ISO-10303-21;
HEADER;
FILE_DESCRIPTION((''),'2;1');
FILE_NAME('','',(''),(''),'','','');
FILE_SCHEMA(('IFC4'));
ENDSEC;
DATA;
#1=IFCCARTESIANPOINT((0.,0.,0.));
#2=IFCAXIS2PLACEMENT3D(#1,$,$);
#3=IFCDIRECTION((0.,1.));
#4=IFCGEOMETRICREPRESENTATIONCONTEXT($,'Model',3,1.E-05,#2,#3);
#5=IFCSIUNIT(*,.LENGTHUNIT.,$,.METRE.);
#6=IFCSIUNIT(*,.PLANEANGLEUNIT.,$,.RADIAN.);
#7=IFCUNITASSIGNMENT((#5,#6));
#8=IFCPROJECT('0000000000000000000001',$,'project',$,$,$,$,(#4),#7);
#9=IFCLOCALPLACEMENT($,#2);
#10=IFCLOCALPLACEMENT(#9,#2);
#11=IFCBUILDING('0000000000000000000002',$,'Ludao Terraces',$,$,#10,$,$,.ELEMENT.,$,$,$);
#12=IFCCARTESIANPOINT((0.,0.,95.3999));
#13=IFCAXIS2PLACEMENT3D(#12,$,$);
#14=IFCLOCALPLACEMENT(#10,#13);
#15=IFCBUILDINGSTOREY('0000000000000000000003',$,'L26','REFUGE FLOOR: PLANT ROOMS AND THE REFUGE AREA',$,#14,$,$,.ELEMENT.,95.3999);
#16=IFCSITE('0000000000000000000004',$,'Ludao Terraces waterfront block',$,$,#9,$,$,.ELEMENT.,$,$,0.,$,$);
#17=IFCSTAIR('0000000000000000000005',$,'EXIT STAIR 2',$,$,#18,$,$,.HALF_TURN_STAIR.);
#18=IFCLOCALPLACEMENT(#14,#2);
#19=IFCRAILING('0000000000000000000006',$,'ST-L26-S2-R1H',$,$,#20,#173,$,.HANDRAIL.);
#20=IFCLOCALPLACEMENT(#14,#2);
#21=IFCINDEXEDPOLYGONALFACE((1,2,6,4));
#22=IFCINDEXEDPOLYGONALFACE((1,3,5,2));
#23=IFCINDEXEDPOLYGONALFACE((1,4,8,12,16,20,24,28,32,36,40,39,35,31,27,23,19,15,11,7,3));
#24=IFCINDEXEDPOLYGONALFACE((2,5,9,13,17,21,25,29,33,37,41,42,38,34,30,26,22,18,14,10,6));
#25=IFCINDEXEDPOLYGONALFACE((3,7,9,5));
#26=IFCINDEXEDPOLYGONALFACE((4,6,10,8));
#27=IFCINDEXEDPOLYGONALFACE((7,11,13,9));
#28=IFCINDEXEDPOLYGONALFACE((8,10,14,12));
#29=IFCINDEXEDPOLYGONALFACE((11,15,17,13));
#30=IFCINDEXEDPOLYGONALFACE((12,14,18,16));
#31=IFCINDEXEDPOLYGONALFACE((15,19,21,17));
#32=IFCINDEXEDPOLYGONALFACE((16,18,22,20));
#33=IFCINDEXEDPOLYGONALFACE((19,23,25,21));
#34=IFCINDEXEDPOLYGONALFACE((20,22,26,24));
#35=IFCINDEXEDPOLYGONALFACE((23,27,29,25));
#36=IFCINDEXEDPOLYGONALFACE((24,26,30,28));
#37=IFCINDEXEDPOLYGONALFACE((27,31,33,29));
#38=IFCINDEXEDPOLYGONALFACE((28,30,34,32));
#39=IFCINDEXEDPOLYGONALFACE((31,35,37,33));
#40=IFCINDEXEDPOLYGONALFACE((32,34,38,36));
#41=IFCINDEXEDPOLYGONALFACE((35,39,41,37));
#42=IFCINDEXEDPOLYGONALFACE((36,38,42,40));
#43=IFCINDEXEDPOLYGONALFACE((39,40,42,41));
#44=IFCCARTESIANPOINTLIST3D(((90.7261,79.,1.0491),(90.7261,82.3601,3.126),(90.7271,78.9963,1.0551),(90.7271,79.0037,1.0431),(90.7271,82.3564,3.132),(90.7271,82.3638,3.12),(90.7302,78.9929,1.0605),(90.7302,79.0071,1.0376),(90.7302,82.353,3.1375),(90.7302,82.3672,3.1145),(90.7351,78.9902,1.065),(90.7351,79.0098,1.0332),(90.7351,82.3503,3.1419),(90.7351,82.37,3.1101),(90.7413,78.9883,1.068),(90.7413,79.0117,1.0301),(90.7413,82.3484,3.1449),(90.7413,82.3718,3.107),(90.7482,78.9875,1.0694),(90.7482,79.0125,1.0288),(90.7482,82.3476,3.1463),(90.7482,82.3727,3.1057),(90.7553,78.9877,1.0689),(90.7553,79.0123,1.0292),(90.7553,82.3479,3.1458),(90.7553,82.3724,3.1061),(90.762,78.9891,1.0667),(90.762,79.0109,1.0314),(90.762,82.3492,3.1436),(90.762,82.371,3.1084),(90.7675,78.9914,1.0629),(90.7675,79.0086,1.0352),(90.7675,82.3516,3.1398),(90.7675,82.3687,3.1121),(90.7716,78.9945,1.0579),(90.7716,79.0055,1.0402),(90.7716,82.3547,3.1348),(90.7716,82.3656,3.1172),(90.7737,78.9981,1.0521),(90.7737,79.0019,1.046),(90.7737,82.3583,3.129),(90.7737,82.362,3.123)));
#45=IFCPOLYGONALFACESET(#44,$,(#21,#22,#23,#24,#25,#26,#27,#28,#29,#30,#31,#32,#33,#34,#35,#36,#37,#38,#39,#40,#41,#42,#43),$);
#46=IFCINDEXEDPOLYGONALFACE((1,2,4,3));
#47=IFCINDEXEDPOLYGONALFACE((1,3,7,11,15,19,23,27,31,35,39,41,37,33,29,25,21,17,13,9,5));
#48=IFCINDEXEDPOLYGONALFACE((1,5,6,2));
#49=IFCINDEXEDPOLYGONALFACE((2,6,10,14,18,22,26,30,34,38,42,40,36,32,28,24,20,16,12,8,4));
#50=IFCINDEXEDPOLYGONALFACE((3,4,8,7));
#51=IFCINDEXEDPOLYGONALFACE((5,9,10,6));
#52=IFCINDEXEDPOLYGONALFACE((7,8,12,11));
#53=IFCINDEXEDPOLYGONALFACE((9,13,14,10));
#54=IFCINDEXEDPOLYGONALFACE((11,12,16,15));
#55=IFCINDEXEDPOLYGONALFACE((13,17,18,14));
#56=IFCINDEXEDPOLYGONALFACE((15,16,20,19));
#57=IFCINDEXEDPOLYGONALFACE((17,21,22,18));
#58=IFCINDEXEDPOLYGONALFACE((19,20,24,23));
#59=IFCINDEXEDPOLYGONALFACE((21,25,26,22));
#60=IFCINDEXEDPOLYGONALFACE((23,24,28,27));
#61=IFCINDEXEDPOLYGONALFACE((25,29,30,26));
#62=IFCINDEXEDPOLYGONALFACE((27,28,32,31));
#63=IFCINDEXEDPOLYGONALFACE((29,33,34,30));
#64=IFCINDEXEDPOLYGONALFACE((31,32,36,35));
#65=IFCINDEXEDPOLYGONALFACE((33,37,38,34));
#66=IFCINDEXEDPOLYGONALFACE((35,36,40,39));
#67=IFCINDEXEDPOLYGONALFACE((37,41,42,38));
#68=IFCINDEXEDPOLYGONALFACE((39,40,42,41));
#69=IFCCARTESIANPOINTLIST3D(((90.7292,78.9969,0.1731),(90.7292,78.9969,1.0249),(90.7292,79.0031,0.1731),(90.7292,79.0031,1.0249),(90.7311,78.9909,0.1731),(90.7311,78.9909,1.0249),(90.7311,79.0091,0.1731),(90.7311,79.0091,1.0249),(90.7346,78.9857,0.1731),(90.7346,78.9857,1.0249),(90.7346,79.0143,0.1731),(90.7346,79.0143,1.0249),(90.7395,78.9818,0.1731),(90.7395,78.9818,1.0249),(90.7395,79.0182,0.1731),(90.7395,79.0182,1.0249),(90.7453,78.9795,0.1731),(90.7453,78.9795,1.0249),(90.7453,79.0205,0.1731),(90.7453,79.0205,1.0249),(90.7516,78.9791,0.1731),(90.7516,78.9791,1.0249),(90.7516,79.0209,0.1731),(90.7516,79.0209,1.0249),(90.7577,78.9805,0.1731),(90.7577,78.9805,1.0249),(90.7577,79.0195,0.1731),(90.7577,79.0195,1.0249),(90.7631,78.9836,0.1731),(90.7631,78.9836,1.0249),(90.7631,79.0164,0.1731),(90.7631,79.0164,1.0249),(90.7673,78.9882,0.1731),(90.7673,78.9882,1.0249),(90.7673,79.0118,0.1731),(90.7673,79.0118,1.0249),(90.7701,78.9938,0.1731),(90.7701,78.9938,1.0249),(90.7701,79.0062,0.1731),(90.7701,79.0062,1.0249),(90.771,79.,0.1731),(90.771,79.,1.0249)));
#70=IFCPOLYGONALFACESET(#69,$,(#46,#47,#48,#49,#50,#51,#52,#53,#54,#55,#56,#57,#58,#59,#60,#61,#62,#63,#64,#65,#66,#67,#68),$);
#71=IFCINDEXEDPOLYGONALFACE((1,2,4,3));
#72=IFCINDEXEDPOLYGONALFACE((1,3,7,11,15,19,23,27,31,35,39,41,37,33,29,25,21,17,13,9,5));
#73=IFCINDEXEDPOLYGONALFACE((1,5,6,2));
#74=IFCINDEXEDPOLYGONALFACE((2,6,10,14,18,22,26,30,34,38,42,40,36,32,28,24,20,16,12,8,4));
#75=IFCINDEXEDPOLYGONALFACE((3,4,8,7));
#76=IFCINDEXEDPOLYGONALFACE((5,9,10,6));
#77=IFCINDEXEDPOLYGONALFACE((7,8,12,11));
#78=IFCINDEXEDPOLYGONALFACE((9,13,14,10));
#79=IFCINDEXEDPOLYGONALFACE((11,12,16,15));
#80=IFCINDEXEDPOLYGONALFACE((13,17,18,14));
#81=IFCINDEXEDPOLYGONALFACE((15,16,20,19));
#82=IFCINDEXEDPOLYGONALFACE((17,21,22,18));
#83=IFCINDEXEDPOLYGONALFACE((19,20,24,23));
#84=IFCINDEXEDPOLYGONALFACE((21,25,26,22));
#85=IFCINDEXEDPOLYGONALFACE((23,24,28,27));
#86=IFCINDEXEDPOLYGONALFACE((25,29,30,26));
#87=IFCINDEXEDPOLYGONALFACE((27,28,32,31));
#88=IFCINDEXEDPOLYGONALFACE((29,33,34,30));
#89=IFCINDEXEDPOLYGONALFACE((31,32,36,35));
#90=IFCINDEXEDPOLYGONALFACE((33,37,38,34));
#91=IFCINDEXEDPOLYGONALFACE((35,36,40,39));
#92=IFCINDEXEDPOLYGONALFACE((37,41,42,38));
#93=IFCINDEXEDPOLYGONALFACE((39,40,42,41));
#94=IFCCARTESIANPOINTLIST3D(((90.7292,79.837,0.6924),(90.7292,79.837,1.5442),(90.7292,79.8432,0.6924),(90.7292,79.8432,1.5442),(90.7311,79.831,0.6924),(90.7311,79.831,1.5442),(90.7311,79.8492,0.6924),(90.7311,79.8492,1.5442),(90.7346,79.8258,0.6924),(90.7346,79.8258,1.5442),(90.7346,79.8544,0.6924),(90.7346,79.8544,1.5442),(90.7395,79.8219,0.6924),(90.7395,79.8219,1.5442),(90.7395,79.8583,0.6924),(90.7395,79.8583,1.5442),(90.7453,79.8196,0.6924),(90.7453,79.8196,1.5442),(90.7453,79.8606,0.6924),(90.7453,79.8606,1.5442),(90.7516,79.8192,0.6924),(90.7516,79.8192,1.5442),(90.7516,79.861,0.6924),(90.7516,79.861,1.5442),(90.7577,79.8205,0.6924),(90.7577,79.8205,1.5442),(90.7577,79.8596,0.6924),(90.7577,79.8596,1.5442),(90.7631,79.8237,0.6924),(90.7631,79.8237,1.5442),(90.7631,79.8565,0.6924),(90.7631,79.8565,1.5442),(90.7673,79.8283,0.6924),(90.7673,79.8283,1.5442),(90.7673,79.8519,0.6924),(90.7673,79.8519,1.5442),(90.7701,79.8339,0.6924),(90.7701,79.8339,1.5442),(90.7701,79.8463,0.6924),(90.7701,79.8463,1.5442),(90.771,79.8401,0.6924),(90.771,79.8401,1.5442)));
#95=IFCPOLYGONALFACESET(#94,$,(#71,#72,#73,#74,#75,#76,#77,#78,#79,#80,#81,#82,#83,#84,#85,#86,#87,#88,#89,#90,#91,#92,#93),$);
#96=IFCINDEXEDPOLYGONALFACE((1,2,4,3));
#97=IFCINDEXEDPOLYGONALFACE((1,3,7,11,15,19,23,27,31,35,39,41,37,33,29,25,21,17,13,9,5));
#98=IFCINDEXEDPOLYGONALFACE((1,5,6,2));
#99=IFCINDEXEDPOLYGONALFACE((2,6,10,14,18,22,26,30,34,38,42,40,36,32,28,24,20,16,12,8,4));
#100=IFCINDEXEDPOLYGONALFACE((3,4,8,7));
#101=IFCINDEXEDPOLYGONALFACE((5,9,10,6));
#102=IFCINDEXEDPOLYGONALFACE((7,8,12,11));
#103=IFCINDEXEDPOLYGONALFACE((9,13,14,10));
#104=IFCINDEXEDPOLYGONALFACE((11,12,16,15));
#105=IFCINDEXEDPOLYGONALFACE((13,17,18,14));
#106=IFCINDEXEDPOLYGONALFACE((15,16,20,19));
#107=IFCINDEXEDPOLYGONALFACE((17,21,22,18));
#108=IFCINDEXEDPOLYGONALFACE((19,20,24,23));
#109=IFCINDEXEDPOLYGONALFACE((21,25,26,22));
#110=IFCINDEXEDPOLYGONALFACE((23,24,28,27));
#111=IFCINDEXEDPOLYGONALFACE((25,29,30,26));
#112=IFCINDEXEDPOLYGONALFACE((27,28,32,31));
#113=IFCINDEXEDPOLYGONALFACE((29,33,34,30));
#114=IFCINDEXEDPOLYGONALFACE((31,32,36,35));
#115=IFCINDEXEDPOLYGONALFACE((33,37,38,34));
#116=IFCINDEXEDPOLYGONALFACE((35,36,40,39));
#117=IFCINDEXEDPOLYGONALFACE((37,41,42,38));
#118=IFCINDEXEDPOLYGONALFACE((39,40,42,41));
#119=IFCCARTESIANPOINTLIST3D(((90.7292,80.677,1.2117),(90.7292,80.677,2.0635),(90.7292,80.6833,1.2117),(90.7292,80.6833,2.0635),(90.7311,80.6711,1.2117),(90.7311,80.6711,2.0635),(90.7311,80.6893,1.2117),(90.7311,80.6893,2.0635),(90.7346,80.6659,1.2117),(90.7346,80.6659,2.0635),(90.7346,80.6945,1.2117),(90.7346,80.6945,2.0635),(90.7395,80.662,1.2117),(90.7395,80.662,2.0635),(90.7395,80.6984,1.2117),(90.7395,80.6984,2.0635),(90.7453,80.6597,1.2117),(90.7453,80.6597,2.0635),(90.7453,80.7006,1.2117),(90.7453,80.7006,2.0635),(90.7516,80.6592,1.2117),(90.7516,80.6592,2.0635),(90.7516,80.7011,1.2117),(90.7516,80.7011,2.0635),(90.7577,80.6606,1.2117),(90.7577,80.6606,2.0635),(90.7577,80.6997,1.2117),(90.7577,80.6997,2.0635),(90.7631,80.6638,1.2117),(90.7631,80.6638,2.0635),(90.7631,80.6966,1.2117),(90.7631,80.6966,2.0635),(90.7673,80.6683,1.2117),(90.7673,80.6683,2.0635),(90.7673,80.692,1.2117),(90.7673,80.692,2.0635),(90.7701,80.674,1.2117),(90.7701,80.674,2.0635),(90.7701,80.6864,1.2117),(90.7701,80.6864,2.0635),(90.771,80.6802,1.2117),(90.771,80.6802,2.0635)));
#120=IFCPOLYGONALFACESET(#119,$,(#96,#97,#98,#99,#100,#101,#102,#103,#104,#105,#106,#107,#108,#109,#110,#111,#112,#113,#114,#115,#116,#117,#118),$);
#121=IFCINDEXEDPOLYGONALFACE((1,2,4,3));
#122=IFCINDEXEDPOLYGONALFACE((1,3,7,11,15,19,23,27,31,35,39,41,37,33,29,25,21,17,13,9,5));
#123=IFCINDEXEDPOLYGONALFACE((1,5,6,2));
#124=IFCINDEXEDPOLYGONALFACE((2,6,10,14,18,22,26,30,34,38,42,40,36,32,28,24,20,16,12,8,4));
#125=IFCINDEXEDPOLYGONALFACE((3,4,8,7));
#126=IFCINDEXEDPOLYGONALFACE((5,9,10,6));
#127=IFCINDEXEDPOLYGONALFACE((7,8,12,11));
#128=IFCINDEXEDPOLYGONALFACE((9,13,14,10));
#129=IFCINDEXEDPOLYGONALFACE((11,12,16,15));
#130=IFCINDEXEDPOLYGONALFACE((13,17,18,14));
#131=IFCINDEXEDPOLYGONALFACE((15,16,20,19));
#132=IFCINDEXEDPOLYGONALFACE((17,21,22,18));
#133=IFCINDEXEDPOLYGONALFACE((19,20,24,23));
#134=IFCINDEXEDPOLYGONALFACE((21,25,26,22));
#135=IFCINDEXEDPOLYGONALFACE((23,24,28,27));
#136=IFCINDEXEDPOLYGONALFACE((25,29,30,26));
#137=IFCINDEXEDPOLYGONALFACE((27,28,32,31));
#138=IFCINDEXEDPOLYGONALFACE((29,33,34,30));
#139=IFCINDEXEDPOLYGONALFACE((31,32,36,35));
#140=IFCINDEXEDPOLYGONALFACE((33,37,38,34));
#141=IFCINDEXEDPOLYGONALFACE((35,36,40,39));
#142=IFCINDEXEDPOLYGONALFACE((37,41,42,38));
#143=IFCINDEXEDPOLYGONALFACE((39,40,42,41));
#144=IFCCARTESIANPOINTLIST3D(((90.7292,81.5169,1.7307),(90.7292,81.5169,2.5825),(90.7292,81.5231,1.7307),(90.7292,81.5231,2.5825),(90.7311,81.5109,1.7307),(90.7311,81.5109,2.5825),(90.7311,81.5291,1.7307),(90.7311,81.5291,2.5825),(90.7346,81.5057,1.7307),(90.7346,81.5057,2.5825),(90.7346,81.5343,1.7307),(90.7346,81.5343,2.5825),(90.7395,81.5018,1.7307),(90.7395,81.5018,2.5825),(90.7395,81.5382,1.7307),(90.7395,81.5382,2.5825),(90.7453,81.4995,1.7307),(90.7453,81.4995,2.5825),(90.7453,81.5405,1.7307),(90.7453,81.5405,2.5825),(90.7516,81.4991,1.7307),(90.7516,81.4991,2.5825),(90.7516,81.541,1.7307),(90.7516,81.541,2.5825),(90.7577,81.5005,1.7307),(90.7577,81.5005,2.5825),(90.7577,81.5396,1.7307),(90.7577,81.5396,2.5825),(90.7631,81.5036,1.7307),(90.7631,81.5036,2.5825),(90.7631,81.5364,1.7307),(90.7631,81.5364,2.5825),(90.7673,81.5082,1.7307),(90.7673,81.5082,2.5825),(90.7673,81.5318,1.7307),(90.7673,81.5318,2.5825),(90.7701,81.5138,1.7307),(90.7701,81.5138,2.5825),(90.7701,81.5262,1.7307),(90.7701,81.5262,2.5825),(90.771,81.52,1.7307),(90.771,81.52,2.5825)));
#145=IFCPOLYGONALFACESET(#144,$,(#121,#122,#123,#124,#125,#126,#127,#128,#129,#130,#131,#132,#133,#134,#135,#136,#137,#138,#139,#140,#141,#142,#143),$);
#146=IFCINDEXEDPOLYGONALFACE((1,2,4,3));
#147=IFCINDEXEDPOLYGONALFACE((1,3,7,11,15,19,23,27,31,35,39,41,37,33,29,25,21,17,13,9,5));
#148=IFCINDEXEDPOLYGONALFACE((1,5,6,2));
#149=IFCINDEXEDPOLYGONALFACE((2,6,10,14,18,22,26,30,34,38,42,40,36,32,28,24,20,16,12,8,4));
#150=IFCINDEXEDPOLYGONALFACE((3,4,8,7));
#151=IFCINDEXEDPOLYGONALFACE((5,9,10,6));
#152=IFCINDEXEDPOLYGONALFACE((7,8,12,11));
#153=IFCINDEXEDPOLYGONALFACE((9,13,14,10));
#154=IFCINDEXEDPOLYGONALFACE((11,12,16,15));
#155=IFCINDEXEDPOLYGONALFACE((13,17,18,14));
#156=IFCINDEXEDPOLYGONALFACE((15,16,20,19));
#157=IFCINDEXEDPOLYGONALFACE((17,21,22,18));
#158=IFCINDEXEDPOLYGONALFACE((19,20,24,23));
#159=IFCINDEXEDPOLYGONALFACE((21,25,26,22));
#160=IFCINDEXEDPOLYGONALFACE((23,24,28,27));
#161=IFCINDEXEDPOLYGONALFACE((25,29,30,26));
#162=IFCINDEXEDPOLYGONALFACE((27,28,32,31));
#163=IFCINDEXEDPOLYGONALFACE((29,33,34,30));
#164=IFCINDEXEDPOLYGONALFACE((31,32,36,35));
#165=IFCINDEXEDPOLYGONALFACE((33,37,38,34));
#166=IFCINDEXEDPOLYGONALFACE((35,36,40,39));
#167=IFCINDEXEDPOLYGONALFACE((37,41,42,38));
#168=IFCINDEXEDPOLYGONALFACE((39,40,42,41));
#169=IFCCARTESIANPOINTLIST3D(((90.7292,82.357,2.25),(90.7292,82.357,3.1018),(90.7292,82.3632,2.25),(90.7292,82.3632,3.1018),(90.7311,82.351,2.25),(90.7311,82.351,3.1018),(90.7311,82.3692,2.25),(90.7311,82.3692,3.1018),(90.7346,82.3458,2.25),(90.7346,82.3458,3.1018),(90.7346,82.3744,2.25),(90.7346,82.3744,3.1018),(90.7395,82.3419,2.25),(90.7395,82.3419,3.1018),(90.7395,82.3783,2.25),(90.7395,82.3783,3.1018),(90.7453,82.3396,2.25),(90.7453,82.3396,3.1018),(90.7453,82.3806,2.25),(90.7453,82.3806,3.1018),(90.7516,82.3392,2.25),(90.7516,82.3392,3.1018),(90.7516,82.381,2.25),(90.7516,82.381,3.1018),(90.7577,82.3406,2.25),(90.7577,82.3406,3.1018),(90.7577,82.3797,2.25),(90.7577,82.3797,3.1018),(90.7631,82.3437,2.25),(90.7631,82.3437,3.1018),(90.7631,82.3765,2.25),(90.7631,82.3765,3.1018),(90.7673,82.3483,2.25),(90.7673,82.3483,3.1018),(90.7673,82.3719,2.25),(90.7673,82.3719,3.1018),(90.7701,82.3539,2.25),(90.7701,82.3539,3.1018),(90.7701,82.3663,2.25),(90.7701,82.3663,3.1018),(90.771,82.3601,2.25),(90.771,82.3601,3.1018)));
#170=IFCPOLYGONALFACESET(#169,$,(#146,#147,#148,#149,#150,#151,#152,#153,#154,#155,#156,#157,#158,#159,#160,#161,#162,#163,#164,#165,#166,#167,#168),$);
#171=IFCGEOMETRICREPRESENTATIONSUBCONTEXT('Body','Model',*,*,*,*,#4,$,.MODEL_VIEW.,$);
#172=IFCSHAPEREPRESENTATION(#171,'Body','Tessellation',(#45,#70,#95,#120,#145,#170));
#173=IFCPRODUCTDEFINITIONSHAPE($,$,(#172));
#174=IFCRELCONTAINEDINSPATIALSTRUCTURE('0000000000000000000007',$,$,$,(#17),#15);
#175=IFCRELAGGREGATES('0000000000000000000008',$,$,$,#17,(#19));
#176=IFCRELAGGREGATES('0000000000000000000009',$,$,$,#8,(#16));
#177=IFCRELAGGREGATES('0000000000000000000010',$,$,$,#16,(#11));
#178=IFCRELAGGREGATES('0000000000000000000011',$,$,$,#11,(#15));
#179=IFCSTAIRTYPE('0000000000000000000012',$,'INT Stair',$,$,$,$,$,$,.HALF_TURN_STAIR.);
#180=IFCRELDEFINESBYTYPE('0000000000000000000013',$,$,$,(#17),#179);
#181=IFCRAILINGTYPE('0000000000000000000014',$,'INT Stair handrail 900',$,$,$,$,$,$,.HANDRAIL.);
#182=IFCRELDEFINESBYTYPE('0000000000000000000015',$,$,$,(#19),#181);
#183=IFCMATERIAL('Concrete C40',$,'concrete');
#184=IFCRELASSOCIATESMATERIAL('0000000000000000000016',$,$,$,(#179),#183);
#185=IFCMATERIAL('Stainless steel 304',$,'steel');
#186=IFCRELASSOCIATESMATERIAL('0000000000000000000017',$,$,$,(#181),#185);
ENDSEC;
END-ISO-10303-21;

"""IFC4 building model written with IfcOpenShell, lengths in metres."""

from ifc_helpers import new_model, si_unit, direction, frame, origin, origin_2d, place, context, subcontext, project, spatial, circle, extrude, material, type_object, element, aggregate, save


model = new_model("IFC4")

# Units and contexts
model_context = context("Model", 3, precision=1e-05, world=origin(), true_north=direction((0.0, 1.0)))
body_context = subcontext(model_context, "Body", "Model", "MODEL_VIEW")
ifc_project = project(units=[si_unit("LENGTHUNIT", "METRE"), si_unit("PLANEANGLEUNIT", "RADIAN")], contexts=[model_context])

# Site, building, storey
site_placement = place(None, origin())
site = spatial("IfcSite", under=ifc_project, at=site_placement, Name="Ludao Terraces waterfront block", CompositionType="ELEMENT", RefElevation=0.0)
building_placement = place(site_placement, origin())
building = spatial("IfcBuilding", under=site, at=building_placement, Name="Ludao Terraces", CompositionType="ELEMENT")
storey_placement = place(building_placement, frame((0.0, 0.0, 95.3999)))
storey = spatial("IfcBuildingStorey", under=building, at=storey_placement, Name="L26", Description="REFUGE FLOOR: PLANT ROOMS AND THE REFUGE AREA", CompositionType="ELEMENT", Elevation=95.3999)

# Stair, railing
ifc_material_1 = material(Name="Concrete C40", Category="concrete")
stair_type = type_object("IfcStairType", Name="INT Stair", PredefinedType="HALF_TURN_STAIR", material=ifc_material_1)
stair_placement = place(storey_placement, origin())
stair = element("IfcStair", 1, at=stair_placement, inside=storey, type_object=stair_type, Name="EXIT STAIR 2", PredefinedType="HALF_TURN_STAIR")
ifc_material_2 = material(Name="Stainless steel 304", Category="steel")
railing_type_1 = type_object("IfcRailingType", Name="INT Stair handrail 900", PredefinedType="HANDRAIL", material=ifc_material_2)
railing_1_placement = place(storey_placement, frame((90.75, 79.0, 0.1731)))
railing_1 = element("IfcRailing", 2, at=railing_1_placement, type_object=railing_type_1, Name="ST-L26-S2-R1H", PredefinedType="HANDRAIL", context=body_context, shape_type="SweptSolid", body=[
    extrude(circle(Radius=0.0239, at=origin_2d()), frame((0.0, 0.0, 0.876), z_axis=(0.0, 0.850623, 0.525776), x_axis=(-1.0, 0.0, 0.0)), (0.0, 0.0, 1.0), 3.9502),
    extrude(circle(Radius=0.021, at=origin_2d()), origin(), (0.0, 0.0, 1.0), 0.8518),
    extrude(circle(Radius=0.021, at=origin_2d()), frame((0.0, 0.8401, 0.5193)), (0.0, 0.0, 1.0), 0.8518),
    extrude(circle(Radius=0.021, at=origin_2d()), frame((0.0, 1.6802, 1.0386)), (0.0, 0.0, 1.0), 0.8518),
    extrude(circle(Radius=0.021, at=origin_2d()), frame((0.0, 2.52, 1.5576)), (0.0, 0.0, 1.0), 0.8518),
    extrude(circle(Radius=0.021, at=origin_2d()), frame((0.0, 3.3601, 2.0769)), (0.0, 0.0, 1.0), 0.8518),
])
aggregate(stair, [railing_1])

save(model, "model.ifc")
